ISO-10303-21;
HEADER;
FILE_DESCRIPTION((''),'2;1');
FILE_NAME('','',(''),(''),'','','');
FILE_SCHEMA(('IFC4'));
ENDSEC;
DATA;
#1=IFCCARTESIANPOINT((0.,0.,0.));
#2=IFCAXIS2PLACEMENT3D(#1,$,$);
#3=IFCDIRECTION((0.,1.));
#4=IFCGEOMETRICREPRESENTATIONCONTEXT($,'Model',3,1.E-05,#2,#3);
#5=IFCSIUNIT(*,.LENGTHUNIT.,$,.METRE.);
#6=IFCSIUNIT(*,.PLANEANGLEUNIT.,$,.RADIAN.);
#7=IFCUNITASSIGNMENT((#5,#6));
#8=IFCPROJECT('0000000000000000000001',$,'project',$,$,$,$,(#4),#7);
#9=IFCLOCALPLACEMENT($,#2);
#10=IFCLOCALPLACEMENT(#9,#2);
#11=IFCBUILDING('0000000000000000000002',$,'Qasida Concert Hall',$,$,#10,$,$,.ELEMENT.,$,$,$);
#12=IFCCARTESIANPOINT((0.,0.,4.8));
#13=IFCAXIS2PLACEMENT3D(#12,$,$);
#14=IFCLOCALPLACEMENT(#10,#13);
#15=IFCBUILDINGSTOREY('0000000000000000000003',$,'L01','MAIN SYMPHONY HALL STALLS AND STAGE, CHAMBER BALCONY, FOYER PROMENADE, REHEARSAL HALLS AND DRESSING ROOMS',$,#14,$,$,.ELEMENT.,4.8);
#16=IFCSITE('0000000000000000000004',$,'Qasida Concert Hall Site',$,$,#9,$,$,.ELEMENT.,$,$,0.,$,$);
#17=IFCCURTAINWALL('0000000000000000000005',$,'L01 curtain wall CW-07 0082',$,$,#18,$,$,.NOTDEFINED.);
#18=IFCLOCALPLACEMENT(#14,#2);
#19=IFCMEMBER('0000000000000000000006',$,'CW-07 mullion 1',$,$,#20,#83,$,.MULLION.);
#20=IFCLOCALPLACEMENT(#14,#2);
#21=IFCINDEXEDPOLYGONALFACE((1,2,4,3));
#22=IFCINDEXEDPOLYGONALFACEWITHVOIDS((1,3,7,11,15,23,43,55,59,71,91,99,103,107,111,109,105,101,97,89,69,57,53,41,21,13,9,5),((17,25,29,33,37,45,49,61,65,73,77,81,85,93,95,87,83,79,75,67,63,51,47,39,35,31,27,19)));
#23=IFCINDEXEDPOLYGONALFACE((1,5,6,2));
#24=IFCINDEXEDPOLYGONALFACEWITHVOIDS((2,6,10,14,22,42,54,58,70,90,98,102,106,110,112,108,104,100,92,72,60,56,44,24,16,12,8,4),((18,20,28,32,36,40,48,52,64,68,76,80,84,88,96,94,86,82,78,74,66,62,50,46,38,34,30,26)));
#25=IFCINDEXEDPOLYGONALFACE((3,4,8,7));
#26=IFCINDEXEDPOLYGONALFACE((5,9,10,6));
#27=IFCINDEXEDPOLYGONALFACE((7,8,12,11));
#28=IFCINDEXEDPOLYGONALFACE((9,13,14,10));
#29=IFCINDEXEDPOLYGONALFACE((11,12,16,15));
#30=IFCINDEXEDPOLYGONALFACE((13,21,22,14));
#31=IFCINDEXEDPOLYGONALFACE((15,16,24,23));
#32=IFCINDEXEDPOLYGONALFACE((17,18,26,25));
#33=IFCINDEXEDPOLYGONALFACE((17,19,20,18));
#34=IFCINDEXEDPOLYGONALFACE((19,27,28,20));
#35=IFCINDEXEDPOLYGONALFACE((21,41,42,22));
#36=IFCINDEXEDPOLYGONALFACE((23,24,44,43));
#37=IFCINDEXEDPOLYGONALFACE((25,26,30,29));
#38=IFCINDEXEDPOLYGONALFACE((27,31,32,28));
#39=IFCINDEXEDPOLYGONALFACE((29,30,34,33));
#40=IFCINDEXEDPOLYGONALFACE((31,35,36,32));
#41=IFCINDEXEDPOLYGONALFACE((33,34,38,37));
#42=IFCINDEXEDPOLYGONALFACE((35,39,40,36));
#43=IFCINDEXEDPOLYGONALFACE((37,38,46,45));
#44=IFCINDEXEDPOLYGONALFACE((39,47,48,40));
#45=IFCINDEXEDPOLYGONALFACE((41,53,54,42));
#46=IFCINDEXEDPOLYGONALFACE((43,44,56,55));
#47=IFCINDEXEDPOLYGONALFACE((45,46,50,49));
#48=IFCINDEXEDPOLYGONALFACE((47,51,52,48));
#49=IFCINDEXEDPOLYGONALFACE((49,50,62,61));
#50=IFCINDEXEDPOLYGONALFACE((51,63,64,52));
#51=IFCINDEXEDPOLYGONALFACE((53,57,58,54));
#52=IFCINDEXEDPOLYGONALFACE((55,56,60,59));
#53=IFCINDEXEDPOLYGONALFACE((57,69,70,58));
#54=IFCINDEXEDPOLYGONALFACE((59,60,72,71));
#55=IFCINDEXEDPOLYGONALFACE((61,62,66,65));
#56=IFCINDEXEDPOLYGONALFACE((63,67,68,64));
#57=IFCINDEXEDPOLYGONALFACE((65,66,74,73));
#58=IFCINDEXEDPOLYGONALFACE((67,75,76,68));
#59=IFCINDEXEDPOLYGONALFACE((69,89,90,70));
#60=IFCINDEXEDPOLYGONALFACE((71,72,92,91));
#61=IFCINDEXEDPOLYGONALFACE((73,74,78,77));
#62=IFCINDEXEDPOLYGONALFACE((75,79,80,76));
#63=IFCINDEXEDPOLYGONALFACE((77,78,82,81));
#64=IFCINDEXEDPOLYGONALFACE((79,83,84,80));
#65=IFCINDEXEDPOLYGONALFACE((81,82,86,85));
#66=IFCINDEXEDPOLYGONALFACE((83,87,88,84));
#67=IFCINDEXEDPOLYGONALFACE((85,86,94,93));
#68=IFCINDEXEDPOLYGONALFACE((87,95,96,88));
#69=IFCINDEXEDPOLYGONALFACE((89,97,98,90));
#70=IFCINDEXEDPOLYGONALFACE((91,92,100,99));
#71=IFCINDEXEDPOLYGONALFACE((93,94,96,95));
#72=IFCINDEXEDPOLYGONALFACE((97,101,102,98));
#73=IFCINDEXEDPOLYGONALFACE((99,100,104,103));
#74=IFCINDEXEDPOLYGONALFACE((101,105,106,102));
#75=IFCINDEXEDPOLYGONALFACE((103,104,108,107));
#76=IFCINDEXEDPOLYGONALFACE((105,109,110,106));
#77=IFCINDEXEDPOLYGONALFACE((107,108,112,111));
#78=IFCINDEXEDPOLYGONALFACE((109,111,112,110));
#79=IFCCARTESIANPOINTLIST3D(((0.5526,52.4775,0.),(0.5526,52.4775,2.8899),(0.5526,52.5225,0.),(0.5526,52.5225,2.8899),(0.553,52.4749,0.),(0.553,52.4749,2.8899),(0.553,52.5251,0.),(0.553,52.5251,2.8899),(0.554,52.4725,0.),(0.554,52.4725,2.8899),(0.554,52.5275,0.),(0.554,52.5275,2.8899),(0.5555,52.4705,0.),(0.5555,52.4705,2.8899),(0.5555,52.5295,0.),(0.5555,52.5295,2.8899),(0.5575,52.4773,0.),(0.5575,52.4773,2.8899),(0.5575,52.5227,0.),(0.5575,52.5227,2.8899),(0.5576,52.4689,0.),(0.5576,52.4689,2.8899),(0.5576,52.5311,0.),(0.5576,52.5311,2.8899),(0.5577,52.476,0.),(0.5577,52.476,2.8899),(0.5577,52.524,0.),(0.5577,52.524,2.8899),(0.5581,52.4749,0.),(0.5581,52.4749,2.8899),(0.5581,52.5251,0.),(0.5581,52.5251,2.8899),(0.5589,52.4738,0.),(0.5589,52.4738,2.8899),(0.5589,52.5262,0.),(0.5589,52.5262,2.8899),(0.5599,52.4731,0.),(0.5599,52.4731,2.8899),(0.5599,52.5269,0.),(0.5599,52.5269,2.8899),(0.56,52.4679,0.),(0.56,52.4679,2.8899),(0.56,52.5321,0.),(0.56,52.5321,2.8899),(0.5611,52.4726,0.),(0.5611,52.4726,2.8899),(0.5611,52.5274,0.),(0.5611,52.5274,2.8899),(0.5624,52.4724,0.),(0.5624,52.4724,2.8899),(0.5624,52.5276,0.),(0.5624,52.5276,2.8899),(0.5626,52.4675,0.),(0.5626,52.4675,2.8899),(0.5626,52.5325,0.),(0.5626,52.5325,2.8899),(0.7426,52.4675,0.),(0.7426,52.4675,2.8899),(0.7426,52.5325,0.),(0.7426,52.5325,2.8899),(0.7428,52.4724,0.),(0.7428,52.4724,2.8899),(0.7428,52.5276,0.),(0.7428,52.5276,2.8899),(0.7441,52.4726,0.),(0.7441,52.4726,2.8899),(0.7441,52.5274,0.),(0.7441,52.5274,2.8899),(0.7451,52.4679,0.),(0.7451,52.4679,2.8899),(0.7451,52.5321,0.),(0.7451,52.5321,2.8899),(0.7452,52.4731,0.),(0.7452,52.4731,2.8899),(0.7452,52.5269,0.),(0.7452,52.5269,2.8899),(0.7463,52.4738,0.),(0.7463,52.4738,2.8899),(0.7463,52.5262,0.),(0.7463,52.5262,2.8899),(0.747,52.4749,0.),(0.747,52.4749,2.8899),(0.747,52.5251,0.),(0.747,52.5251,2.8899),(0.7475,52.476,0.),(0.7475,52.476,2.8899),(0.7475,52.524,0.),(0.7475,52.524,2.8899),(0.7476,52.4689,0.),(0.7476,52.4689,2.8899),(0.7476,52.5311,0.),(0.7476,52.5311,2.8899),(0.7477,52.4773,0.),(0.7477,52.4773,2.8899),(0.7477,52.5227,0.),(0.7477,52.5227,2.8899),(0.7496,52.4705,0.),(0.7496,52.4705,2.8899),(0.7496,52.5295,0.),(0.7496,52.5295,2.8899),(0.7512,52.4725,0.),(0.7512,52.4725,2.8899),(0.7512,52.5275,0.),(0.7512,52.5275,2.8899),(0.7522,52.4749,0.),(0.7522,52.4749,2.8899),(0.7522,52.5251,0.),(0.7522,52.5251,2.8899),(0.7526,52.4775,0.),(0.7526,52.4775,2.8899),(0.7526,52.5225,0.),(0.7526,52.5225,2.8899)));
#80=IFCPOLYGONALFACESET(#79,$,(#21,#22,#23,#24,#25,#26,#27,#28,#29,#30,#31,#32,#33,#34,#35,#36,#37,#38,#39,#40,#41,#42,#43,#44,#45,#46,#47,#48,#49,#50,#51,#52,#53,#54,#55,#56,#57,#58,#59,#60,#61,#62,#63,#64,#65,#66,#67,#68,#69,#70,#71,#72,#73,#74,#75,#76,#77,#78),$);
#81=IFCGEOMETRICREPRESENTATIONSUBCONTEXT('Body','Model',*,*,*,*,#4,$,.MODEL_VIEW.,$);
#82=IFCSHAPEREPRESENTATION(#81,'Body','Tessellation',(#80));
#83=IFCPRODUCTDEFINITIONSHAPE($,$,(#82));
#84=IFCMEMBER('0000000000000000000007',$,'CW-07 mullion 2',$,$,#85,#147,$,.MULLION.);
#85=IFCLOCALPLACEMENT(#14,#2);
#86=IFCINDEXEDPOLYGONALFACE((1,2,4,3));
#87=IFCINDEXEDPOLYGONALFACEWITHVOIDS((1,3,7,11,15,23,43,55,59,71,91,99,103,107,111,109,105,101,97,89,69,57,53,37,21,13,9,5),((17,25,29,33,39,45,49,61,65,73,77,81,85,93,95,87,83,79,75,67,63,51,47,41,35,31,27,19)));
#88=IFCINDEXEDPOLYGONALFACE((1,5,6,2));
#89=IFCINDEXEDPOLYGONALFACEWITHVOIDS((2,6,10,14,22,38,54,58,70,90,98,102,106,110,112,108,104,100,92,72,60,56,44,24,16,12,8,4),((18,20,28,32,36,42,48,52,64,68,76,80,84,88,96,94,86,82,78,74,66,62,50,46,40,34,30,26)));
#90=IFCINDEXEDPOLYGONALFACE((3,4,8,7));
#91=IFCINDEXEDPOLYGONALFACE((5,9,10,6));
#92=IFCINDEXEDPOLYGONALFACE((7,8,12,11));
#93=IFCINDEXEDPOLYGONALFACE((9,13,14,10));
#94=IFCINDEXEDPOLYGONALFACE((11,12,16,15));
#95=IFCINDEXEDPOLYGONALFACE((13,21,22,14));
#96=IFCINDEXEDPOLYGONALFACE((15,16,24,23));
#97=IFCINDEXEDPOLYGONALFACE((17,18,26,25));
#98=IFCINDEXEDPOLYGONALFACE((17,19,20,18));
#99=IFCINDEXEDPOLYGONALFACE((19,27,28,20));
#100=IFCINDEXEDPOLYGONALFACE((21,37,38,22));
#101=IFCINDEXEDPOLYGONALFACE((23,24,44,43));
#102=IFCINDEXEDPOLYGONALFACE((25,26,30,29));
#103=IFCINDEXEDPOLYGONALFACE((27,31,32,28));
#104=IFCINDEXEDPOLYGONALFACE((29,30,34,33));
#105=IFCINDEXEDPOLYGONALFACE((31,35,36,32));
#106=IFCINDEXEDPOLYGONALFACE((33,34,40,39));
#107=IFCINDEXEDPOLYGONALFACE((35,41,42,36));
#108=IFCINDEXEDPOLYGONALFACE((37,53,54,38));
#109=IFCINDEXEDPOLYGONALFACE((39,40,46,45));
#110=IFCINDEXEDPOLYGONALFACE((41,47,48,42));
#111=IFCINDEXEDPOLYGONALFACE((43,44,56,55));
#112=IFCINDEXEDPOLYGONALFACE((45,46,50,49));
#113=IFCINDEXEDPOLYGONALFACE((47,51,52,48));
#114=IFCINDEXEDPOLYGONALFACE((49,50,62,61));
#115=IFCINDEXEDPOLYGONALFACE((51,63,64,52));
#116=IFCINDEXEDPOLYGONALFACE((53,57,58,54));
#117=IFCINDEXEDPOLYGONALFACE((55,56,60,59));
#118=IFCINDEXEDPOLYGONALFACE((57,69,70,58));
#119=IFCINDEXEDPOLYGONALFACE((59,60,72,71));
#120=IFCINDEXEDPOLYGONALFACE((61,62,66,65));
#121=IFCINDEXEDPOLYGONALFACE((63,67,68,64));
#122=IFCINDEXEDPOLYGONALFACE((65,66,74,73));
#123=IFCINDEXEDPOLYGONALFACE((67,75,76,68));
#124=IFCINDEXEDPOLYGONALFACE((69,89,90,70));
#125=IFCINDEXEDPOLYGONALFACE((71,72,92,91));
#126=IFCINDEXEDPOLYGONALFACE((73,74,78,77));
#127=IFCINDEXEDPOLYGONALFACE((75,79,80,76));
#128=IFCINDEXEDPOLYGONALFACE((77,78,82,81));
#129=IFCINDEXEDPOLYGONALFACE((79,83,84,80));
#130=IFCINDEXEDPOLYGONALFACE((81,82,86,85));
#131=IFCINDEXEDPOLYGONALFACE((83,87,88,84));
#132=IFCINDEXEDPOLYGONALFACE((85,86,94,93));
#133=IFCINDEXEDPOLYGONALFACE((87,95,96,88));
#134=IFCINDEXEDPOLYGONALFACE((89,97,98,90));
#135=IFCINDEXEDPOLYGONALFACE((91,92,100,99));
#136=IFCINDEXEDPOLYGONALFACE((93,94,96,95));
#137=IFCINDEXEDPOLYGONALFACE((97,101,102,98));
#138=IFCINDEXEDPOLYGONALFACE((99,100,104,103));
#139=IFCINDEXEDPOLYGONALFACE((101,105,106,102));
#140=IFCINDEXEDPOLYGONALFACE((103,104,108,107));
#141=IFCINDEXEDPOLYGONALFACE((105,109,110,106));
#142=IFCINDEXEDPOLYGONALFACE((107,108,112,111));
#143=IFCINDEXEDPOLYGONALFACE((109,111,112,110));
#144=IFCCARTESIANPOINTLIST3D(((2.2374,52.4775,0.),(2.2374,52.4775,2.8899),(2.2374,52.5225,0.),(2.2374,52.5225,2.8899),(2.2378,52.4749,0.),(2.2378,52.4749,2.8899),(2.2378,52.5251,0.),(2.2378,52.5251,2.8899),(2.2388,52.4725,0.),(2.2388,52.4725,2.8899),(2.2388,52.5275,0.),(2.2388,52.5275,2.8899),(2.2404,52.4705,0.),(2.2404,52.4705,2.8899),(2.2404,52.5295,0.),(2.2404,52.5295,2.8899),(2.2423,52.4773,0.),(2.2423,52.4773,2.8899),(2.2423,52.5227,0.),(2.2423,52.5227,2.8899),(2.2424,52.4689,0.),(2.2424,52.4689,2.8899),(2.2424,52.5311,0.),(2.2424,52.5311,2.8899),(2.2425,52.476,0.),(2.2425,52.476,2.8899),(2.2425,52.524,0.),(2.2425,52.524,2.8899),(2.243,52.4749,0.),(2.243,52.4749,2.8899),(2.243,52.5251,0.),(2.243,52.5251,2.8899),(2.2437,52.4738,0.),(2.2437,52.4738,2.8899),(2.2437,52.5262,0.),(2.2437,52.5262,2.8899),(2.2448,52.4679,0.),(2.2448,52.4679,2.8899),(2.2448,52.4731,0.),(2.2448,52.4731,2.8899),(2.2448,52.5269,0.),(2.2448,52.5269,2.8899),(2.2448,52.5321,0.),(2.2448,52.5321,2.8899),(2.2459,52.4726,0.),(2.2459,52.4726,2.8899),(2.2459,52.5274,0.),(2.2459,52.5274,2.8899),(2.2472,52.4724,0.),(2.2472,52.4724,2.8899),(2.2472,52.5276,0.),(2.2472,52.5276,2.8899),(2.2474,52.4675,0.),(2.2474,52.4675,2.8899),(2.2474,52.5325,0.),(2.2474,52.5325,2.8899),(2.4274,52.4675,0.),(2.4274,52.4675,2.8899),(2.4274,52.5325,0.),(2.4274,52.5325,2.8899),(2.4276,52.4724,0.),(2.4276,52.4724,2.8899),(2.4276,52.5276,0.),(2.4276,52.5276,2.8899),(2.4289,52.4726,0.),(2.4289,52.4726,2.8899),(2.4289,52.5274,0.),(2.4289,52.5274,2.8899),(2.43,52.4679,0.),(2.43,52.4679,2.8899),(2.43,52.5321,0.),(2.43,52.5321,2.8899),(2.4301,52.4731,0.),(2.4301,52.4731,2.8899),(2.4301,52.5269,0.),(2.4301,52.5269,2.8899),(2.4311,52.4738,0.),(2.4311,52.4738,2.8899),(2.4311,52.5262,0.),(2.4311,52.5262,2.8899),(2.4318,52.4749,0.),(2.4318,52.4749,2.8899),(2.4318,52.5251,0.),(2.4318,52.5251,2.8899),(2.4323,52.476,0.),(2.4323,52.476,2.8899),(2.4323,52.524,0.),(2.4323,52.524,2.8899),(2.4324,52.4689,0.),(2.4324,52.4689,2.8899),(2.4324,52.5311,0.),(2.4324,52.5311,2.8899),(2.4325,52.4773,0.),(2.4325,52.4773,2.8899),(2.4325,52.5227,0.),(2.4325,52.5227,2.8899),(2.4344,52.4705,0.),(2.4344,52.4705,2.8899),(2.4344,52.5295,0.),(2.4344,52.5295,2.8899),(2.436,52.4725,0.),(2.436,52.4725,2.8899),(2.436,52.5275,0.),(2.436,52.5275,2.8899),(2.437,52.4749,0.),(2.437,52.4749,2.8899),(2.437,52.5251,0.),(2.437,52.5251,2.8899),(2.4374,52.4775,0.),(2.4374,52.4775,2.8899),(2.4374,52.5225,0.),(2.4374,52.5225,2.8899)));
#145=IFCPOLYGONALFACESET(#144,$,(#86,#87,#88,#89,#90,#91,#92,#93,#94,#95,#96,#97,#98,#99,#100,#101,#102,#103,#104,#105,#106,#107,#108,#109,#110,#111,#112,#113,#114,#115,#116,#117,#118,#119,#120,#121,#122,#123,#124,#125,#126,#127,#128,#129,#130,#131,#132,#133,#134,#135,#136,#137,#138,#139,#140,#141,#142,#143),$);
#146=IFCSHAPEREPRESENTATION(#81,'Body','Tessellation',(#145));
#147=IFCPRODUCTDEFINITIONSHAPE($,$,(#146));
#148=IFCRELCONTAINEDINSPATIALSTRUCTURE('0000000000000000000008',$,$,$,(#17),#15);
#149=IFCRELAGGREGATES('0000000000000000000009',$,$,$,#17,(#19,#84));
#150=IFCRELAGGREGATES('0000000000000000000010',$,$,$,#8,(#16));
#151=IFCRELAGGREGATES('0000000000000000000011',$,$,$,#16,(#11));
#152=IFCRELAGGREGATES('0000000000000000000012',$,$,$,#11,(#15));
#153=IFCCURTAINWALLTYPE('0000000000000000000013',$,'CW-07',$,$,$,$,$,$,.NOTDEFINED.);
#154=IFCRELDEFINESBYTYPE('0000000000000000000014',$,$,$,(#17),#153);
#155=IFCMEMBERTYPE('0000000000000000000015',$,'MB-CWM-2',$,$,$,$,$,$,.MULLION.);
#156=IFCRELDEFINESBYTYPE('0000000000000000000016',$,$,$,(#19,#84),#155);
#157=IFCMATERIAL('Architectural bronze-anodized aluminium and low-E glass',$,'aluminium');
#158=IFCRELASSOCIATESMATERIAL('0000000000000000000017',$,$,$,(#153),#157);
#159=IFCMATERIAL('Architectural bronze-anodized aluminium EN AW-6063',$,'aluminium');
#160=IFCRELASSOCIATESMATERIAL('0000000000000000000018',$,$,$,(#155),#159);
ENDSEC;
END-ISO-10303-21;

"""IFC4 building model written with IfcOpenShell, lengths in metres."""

from ifc_helpers import new_model, si_unit, direction, frame, origin, origin_2d, place, context, subcontext, project, spatial, hollow_rectangle, extrude, material, material_profile, profile_set, type_object, element, aggregate, save


model = new_model("IFC4")

# Units and contexts
model_context = context("Model", 3, precision=1e-05, world=origin(), true_north=direction((0.0, 1.0)))
body_context = subcontext(model_context, "Body", "Model", "MODEL_VIEW")
ifc_project = project(units=[si_unit("LENGTHUNIT", "METRE"), si_unit("PLANEANGLEUNIT", "RADIAN")], contexts=[model_context])

# Site, building, storey
site_placement = place(None, origin())
site = spatial("IfcSite", under=ifc_project, at=site_placement, Name="Qasida Concert Hall Site", CompositionType="ELEMENT", RefElevation=0.0)
building_placement = place(site_placement, origin())
building = spatial("IfcBuilding", under=site, at=building_placement, Name="Qasida Concert Hall", CompositionType="ELEMENT")
storey_placement = place(building_placement, frame((0.0, 0.0, 4.8)))
storey = spatial("IfcBuildingStorey", under=building, at=storey_placement, Name="L01", Description="MAIN SYMPHONY HALL STALLS AND STAGE, CHAMBER BALCONY, FOYER PROMENADE, REHEARSAL HALLS AND DRESSING ROOMS", CompositionType="ELEMENT", Elevation=4.8)

# Curtain wall, members
ifc_material_1 = material(Name="Architectural bronze-anodized aluminium and low-E glass", Category="aluminium")
curtain_wall_type = type_object("IfcCurtainWallType", Name="CW-07", PredefinedType="NOTDEFINED", material=ifc_material_1)
curtain_wall_placement = place(storey_placement, origin())
curtain_wall = element("IfcCurtainWall", 1, at=curtain_wall_placement, inside=storey, type_object=curtain_wall_type, Name="L01 curtain wall CW-07 0082", PredefinedType="NOTDEFINED")
ifc_material_2 = material(Name="Architectural bronze-anodized aluminium EN AW-6063", Category="aluminium")
ifc_material_profile_1 = material_profile(ifc_material_2, hollow_rectangle(XDim=0.0649, YDim=0.2, WallThickness=0.0049, InnerFilletRadius=0.0049, OuterFilletRadius=0.01, at=origin_2d()), Name="CWM 200x65x5")
ifc_profile_set_1 = profile_set([ifc_material_profile_1], Name="Architectural bronze-anodized aluminium EN AW-6063")
member_type_1 = type_object("IfcMemberType", Name="MB-CWM-2", PredefinedType="MULLION", material=ifc_profile_set_1)
member_1_placement = place(storey_placement, frame((0.6526, 52.5, 0.0), z_axis=(0.0, 0.0, 1.0), x_axis=(0.0, 1.0, 0.0)))
member_1 = element("IfcMember", 2, at=member_1_placement, type_object=member_type_1, Name="CW-07 mullion 1", PredefinedType="MULLION", context=body_context, shape_type="SweptSolid", body=[
    extrude(hollow_rectangle(XDim=0.0649, YDim=0.2, WallThickness=0.0049, InnerFilletRadius=0.0049, OuterFilletRadius=0.01, at=origin_2d()), origin(), (0.0, 0.0, 1.0), 2.8899),
])
member_2_placement = place(storey_placement, frame((2.3374, 52.5, 0.0), z_axis=(0.0, 0.0, 1.0), x_axis=(0.0, 1.0, 0.0)))
member_2 = element("IfcMember", 3, at=member_2_placement, type_object=member_type_1, Name="CW-07 mullion 2", PredefinedType="MULLION", context=body_context, shape_type="SweptSolid", body=[
    extrude(hollow_rectangle(XDim=0.0649, YDim=0.2, WallThickness=0.0049, InnerFilletRadius=0.0049, OuterFilletRadius=0.01, at=origin_2d()), origin(), (0.0, 0.0, 1.0), 2.8899),
])
aggregate(curtain_wall, [member_1, member_2])

save(model, "model.ifc")
